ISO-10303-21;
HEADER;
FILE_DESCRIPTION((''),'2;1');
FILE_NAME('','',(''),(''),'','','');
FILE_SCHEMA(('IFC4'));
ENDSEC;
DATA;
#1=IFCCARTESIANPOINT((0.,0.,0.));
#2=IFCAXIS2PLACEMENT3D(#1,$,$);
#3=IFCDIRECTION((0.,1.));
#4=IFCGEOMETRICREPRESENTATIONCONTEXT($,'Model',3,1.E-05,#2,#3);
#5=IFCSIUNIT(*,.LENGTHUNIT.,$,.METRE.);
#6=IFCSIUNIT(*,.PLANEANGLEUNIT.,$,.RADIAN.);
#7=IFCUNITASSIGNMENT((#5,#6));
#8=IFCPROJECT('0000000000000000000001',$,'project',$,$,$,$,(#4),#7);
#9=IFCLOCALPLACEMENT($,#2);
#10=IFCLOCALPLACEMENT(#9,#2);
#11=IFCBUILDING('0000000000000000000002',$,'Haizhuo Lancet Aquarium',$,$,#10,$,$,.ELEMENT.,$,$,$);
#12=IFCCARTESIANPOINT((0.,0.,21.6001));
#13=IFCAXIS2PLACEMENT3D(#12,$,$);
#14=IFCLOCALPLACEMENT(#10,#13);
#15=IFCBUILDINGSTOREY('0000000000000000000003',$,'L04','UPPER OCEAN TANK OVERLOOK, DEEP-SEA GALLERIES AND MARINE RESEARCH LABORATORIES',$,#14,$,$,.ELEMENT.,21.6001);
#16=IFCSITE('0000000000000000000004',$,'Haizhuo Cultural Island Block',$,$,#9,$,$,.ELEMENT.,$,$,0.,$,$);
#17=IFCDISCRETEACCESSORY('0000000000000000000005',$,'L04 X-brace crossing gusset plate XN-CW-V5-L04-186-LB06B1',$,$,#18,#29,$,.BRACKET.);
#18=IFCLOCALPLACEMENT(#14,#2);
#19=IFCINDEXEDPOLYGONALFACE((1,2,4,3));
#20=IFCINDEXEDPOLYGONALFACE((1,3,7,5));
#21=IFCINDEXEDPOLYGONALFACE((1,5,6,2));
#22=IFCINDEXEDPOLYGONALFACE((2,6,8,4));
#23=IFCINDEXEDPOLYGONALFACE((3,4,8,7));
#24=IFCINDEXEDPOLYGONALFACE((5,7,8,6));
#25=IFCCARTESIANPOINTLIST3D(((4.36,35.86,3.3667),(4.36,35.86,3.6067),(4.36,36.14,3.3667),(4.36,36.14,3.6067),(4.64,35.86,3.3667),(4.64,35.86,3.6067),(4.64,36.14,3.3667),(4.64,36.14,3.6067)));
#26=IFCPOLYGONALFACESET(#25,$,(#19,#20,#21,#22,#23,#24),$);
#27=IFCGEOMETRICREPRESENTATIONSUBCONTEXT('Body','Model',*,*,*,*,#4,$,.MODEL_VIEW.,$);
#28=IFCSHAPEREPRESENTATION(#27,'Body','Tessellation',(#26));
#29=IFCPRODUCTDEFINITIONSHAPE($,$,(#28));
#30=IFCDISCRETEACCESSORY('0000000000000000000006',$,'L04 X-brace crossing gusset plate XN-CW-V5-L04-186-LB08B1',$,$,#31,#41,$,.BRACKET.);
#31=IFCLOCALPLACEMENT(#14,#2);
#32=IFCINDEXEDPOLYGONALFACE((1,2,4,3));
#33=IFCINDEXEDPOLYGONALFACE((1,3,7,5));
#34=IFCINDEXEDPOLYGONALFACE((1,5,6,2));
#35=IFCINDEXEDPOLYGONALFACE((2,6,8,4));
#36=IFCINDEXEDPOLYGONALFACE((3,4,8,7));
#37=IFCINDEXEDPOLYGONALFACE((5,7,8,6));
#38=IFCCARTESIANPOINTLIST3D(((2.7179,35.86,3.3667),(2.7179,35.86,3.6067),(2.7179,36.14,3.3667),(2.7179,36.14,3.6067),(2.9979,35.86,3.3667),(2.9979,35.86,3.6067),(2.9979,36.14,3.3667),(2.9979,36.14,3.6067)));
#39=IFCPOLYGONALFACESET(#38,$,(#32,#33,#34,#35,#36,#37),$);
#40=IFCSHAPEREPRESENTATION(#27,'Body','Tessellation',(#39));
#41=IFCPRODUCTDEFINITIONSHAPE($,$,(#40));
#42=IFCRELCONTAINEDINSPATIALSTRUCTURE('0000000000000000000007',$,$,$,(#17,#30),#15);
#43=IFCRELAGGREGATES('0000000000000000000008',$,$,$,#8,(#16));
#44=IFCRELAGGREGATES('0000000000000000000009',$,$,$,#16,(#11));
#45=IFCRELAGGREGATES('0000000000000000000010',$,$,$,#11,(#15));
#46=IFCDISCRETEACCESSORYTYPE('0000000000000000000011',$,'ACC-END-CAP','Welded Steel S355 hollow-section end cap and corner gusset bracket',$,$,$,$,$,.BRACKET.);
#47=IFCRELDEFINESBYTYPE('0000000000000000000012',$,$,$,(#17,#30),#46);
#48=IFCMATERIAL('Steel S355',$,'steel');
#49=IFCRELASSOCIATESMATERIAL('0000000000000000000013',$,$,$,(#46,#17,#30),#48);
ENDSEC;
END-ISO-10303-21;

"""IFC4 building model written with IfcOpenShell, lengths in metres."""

from ifc_helpers import new_model, si_unit, direction, frame, origin, origin_2d, place, context, subcontext, project, spatial, rectangle, extrude, material, type_object, element, save


model = new_model("IFC4")

# Units and contexts
model_context = context("Model", 3, precision=1e-05, world=origin(), true_north=direction((0.0, 1.0)))
body_context = subcontext(model_context, "Body", "Model", "MODEL_VIEW")
ifc_project = project(units=[si_unit("LENGTHUNIT", "METRE"), si_unit("PLANEANGLEUNIT", "RADIAN")], contexts=[model_context])

# Site, building, storey
site_placement = place(None, origin())
site = spatial("IfcSite", under=ifc_project, at=site_placement, Name="Haizhuo Cultural Island Block", CompositionType="ELEMENT", RefElevation=0.0)
building_placement = place(site_placement, origin())
building = spatial("IfcBuilding", under=site, at=building_placement, Name="Haizhuo Lancet Aquarium", CompositionType="ELEMENT")
storey_placement = place(building_placement, frame((0.0, 0.0, 21.6001)))
storey = spatial("IfcBuildingStorey", under=building, at=storey_placement, Name="L04", Description="UPPER OCEAN TANK OVERLOOK, DEEP-SEA GALLERIES AND MARINE RESEARCH LABORATORIES", CompositionType="ELEMENT", Elevation=21.6001)

# Shared definitions
ifc_material_1 = material(Name="Steel S355", Category="steel")

# Discrete accessories
discrete_accessory_type = type_object("IfcDiscreteAccessoryType", Name="ACC-END-CAP", Description="Welded Steel S355 hollow-section end cap and corner gusset bracket", PredefinedType="BRACKET", material=ifc_material_1)
for number, where, z_axis, x_axis, name in (
    (1, (4.5, 36.0, 3.3667), (0.0, 0.0, 1.0), (1.0, 0.0, 0.0), "L04 X-brace crossing gusset plate XN-CW-V5-L04-186-LB06B1"),
    (2, (2.8579, 36.0, 3.3667), (0.0, 0.0, 1.0), (1.0, 0.0, 0.0), "L04 X-brace crossing gusset plate XN-CW-V5-L04-186-LB08B1"),
):
    element("IfcDiscreteAccessory", number, at=place(storey_placement, frame(where, z_axis=z_axis, x_axis=x_axis)), inside=storey, type_object=discrete_accessory_type, material=ifc_material_1, Name=name, PredefinedType="BRACKET", context=body_context, shape_type="SweptSolid", body=[
        extrude(rectangle(XDim=0.28, YDim=0.28, at=origin_2d()), origin(), (0.0, 0.0, 1.0), 0.24),
    ])

save(model, "model.ifc")
